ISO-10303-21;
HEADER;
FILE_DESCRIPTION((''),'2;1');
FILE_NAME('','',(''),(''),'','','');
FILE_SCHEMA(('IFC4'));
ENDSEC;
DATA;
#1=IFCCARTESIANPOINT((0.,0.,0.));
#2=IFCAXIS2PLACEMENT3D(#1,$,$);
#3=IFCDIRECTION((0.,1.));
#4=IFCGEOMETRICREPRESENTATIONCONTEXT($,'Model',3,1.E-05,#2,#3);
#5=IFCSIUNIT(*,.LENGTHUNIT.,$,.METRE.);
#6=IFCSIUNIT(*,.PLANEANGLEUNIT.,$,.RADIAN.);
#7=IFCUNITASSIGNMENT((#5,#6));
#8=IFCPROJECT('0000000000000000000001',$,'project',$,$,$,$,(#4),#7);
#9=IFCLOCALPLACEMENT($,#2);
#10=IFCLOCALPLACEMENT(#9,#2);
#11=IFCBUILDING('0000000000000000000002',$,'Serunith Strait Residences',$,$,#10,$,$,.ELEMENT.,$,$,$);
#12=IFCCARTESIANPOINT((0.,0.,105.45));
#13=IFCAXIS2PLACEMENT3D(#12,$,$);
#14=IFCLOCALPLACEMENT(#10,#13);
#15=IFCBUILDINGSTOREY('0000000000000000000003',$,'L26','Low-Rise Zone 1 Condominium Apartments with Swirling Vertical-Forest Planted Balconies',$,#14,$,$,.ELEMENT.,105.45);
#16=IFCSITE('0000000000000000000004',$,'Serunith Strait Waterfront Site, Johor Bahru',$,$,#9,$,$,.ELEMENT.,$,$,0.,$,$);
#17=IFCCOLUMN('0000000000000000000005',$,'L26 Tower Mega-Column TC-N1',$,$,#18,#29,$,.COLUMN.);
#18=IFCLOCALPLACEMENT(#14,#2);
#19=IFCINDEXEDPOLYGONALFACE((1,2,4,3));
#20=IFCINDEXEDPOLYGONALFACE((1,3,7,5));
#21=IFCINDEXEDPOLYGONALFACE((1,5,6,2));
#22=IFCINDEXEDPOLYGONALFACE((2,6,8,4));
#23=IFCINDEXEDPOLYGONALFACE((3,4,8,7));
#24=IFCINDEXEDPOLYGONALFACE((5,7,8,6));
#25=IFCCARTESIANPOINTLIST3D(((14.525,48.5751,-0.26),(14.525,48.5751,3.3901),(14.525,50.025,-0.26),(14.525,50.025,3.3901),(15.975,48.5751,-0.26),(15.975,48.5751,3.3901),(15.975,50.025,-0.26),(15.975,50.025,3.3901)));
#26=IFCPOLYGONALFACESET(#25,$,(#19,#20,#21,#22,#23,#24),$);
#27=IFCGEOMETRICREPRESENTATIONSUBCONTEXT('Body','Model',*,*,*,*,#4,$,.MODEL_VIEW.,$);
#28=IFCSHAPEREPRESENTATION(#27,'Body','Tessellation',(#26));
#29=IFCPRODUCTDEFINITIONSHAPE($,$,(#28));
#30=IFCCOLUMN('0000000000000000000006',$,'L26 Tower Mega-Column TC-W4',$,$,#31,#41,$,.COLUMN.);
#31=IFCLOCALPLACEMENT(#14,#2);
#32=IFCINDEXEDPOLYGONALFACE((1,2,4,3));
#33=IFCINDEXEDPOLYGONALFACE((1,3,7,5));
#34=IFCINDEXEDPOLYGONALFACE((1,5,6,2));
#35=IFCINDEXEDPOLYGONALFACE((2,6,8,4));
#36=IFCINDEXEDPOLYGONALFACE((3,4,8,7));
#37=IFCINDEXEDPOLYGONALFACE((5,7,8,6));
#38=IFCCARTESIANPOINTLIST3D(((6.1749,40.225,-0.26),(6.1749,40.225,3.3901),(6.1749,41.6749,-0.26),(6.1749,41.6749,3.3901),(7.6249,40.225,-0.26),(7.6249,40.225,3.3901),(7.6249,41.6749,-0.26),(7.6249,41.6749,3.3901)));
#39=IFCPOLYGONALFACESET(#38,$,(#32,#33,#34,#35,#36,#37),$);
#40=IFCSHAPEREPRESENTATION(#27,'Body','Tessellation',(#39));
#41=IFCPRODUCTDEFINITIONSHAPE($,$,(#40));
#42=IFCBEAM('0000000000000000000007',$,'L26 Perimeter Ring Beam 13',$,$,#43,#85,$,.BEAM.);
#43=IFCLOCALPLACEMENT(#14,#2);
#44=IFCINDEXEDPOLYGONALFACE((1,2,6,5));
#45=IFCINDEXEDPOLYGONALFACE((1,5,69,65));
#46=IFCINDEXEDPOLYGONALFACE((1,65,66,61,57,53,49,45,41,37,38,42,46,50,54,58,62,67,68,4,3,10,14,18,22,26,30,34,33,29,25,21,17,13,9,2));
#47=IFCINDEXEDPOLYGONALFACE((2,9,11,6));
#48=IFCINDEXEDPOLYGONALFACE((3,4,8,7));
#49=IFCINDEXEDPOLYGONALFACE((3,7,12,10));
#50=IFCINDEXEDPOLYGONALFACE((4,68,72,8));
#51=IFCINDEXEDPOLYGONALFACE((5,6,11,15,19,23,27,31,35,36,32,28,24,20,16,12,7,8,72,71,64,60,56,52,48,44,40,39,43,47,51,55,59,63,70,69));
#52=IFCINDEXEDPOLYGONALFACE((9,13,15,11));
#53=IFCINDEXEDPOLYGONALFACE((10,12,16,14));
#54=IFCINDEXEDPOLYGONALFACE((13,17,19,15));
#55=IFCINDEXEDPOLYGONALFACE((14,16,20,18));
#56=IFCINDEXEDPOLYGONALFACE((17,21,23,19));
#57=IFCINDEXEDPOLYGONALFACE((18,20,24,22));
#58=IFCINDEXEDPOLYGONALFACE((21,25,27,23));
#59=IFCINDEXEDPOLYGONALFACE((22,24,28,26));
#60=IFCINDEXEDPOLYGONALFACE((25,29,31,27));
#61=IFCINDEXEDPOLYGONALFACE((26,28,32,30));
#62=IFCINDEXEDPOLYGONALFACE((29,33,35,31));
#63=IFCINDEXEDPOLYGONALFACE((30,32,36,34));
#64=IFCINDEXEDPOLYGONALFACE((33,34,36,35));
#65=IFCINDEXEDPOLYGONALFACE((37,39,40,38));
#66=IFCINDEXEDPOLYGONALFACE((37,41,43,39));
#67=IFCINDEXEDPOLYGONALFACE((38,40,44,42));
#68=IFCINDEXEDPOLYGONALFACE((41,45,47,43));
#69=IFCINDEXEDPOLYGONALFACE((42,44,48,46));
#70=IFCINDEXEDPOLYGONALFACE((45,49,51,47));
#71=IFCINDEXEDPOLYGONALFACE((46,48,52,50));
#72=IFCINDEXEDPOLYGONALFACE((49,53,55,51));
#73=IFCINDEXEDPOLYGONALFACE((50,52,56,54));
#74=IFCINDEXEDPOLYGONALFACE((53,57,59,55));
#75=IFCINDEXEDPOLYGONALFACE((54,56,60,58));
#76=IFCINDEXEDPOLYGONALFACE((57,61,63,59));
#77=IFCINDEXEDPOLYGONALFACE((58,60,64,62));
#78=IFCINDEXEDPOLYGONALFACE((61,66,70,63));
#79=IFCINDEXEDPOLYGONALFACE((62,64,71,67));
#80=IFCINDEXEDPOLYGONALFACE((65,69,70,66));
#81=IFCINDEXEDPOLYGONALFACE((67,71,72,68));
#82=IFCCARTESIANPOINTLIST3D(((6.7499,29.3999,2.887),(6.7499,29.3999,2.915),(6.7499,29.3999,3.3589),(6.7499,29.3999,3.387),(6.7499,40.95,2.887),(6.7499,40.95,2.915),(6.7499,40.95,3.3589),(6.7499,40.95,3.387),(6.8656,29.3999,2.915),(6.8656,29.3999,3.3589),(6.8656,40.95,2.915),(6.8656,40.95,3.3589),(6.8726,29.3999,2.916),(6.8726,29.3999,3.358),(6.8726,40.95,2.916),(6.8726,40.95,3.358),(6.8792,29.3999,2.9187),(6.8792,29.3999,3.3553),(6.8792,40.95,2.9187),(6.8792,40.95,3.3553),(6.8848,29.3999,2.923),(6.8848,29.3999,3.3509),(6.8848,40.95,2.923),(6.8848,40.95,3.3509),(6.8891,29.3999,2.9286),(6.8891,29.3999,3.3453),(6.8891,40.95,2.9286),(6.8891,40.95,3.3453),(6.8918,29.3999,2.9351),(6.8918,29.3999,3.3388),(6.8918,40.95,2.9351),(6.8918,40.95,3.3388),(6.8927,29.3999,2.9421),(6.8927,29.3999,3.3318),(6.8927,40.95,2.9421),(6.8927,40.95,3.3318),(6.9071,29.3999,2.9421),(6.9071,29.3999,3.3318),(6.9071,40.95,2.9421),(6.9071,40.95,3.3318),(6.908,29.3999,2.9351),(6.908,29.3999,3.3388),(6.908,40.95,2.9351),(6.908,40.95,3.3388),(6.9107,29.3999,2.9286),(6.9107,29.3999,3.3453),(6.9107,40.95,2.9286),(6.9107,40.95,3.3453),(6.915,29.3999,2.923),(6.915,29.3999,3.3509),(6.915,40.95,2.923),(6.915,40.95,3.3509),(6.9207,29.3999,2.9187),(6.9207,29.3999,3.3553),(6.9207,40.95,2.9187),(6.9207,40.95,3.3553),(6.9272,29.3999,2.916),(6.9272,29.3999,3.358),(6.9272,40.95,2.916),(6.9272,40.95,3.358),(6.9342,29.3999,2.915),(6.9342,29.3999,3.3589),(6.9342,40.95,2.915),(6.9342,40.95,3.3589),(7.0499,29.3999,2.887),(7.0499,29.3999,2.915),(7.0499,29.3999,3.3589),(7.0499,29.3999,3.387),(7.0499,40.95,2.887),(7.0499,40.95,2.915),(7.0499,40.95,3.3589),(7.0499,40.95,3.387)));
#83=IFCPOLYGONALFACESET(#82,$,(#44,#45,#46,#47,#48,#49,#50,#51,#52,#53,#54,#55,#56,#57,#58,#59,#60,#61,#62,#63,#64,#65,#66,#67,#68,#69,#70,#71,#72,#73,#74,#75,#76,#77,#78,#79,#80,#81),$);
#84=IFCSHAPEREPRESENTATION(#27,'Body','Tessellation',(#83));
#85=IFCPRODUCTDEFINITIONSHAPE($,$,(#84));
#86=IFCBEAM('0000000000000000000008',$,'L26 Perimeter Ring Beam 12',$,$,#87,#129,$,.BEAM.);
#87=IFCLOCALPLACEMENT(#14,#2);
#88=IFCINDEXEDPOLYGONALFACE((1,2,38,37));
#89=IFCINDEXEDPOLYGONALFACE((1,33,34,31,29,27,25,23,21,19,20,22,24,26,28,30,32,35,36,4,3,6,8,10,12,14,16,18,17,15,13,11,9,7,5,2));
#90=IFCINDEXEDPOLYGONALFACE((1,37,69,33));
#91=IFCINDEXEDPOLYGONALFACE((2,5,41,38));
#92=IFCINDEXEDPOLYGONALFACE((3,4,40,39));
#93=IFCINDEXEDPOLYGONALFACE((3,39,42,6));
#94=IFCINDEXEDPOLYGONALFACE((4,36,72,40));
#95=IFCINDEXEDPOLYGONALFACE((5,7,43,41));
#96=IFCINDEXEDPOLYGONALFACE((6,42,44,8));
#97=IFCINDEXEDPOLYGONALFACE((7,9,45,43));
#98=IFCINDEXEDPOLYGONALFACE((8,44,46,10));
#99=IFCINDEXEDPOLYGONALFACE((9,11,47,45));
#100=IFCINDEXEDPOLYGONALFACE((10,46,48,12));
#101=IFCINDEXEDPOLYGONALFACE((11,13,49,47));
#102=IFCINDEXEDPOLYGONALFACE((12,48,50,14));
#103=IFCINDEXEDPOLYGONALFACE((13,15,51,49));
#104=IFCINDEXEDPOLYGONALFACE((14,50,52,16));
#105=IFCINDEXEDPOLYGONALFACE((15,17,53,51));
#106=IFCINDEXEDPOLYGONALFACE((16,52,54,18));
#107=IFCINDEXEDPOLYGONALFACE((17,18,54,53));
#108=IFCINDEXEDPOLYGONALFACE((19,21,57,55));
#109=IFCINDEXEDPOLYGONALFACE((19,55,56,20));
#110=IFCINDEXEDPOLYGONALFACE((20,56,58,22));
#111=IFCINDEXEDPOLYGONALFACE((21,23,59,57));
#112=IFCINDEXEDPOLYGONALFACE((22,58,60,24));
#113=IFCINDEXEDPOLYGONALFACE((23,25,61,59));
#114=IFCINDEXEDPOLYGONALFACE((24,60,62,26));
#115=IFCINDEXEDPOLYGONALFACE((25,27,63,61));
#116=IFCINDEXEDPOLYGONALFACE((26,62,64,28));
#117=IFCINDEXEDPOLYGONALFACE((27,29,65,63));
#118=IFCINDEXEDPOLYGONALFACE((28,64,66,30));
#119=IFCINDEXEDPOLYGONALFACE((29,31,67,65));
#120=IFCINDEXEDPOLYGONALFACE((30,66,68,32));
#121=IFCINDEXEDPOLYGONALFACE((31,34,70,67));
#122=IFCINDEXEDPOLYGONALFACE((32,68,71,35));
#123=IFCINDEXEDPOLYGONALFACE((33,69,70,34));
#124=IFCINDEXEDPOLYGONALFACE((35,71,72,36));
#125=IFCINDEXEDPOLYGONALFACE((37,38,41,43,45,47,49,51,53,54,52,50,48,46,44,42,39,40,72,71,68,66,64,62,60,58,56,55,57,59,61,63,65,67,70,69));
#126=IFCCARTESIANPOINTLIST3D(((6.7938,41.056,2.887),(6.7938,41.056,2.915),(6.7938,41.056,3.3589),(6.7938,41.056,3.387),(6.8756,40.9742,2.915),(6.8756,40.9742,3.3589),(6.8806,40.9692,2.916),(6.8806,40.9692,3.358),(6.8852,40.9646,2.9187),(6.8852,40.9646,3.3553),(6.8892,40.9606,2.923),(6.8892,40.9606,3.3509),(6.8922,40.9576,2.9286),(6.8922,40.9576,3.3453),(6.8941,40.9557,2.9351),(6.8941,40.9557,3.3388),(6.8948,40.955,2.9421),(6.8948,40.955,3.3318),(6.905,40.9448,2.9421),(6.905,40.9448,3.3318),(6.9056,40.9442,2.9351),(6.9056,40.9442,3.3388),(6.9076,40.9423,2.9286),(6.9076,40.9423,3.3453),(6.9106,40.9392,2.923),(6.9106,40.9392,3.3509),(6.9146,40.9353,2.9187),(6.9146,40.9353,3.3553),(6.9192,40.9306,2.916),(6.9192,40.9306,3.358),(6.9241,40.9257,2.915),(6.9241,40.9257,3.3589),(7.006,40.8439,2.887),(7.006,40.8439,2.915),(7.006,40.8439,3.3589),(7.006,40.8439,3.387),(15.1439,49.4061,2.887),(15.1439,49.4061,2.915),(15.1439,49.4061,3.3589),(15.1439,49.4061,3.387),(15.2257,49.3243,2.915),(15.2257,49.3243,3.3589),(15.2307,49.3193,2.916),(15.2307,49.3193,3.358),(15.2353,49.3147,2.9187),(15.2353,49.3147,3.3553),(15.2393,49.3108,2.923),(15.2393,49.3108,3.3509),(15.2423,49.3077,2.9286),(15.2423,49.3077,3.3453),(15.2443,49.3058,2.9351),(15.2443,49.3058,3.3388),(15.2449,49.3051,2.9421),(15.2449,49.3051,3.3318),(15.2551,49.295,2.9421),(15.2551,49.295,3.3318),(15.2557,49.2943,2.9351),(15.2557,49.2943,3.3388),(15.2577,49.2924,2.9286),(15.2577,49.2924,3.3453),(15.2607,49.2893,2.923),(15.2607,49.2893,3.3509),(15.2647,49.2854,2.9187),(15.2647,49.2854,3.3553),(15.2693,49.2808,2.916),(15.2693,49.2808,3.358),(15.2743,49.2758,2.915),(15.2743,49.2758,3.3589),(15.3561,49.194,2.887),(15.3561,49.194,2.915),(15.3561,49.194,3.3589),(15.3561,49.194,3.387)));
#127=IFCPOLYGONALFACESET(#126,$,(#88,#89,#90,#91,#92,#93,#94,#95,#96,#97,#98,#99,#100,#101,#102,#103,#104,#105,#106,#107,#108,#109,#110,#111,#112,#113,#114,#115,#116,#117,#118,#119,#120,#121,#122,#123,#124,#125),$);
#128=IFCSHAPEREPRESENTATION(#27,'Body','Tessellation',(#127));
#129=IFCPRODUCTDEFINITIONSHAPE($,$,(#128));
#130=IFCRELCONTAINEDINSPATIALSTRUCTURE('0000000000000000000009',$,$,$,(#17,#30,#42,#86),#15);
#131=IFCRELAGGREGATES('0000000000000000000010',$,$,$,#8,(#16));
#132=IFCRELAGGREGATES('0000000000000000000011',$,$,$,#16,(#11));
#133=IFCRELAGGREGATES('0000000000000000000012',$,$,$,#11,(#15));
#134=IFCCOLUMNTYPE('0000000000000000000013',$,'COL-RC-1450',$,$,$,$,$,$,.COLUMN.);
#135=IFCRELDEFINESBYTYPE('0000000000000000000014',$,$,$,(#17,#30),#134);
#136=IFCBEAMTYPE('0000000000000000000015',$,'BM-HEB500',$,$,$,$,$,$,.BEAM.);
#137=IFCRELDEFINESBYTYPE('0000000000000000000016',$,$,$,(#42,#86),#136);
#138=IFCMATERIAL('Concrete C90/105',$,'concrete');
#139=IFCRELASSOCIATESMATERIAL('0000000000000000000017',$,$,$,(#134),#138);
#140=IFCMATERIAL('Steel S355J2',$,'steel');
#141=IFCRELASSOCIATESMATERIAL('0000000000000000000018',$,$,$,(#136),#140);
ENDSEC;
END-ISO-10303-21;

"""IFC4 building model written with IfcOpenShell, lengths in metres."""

from ifc_helpers import new_model, si_unit, direction, frame, origin, origin_2d, place, context, subcontext, project, spatial, rectangle, i_section, extrude, source, transform, mapped, material, material_profile, profile_set, type_object, element, save


model = new_model("IFC4")

# Units and contexts
model_context = context("Model", 3, precision=1e-05, world=origin(), true_north=direction((0.0, 1.0)))
body_context = subcontext(model_context, "Body", "Model", "MODEL_VIEW")
ifc_project = project(units=[si_unit("LENGTHUNIT", "METRE"), si_unit("PLANEANGLEUNIT", "RADIAN")], contexts=[model_context])

# Site, building, storey
site_placement = place(None, origin())
site = spatial("IfcSite", under=ifc_project, at=site_placement, Name="Serunith Strait Waterfront Site, Johor Bahru", CompositionType="ELEMENT", RefElevation=0.0)
building_placement = place(site_placement, origin())
building = spatial("IfcBuilding", under=site, at=building_placement, Name="Serunith Strait Residences", CompositionType="ELEMENT")
storey_placement = place(building_placement, frame((0.0, 0.0, 105.45)))
storey = spatial("IfcBuildingStorey", under=building, at=storey_placement, Name="L26", Description="Low-Rise Zone 1 Condominium Apartments with Swirling Vertical-Forest Planted Balconies", CompositionType="ELEMENT", Elevation=105.45)

# Columns
ifc_material_1 = material(Name="Concrete C90/105", Category="concrete")
ifc_material_profile_1 = material_profile(ifc_material_1, rectangle(XDim=1.45, YDim=1.45, at=origin_2d()), Name="RC 1450x1450")
ifc_profile_set_1 = profile_set([ifc_material_profile_1], Name="Concrete C90/105")
column_type = type_object("IfcColumnType", Name="COL-RC-1450", PredefinedType="COLUMN", material=ifc_profile_set_1)
shared_shape_1 = source(origin(), body_context, "Body", "SweptSolid", [
    extrude(rectangle(XDim=1.45, YDim=1.45, at=origin_2d()), origin(), (0.0, 0.0, 1.0), 3.6501),
])
for number, where, z_axis, x_axis, name in (
    (1, (15.25, 49.3, -0.26), (0.0, 0.0, 1.0), (1.0, 0.0, 0.0), "L26 Tower Mega-Column TC-N1"),
    (2, (6.8999, 40.95, -0.26), (0.0, 0.0, 1.0), (1.0, 0.0, 0.0), "L26 Tower Mega-Column TC-W4"),
):
    element("IfcColumn", number, at=place(storey_placement, frame(where, z_axis=z_axis, x_axis=x_axis)), inside=storey, type_object=column_type, Name=name, PredefinedType="COLUMN", context=body_context, shape_type="MappedRepresentation", body=[
        mapped(shared_shape_1, transform((0.0, 0.0, 0.0), scale=1.0)),
    ])

# Beams
ifc_material_2 = material(Name="Steel S355J2", Category="steel")
ifc_material_profile_2 = material_profile(ifc_material_2, i_section(OverallWidth=0.3, OverallDepth=0.5, WebThickness=0.0144, FlangeThickness=0.0281, FilletRadius=0.0271, at=origin_2d()), Name="HEB 500")
ifc_profile_set_2 = profile_set([ifc_material_profile_2], Name="Steel S355J2")
beam_type = type_object("IfcBeamType", Name="BM-HEB500", PredefinedType="BEAM", material=ifc_profile_set_2)
shared_shape_2 = source(origin(), body_context, "Body", "SweptSolid", [
    extrude(i_section(OverallWidth=0.3, OverallDepth=0.5, WebThickness=0.0144, FlangeThickness=0.0281, FilletRadius=0.0271, at=origin_2d()), origin(), (0.0, 0.0, 1.0), 11.55),
])
beam_1_placement = place(storey_placement, frame((6.8999, 40.95, 3.137), z_axis=(0.0, -1.0, 0.0), x_axis=(1.0, 0.0, 0.0)))
element("IfcBeam", 3, at=beam_1_placement, inside=storey, type_object=beam_type, Name="L26 Perimeter Ring Beam 13", PredefinedType="BEAM", context=body_context, shape_type="MappedRepresentation", body=[
    mapped(shared_shape_2, transform((0.0, 0.0, 0.0), scale=1.0)),
])
shared_shape_3 = source(origin(), body_context, "Body", "SweptSolid", [
    extrude(i_section(OverallWidth=0.3, OverallDepth=0.5, WebThickness=0.0144, FlangeThickness=0.0281, FilletRadius=0.0271, at=origin_2d()), origin(), (0.0, 0.0, 1.0), 11.8088),
])
beam_2_placement = place(storey_placement, frame((15.25, 49.3, 3.137), z_axis=(-0.707107, -0.707107, 0.0), x_axis=(0.707107, -0.707107, 0.0)))
element("IfcBeam", 4, at=beam_2_placement, inside=storey, type_object=beam_type, Name="L26 Perimeter Ring Beam 12", PredefinedType="BEAM", context=body_context, shape_type="MappedRepresentation", body=[
    mapped(shared_shape_3, transform((0.0, 0.0, 0.0), scale=1.0)),
])

save(model, "model.ifc")
